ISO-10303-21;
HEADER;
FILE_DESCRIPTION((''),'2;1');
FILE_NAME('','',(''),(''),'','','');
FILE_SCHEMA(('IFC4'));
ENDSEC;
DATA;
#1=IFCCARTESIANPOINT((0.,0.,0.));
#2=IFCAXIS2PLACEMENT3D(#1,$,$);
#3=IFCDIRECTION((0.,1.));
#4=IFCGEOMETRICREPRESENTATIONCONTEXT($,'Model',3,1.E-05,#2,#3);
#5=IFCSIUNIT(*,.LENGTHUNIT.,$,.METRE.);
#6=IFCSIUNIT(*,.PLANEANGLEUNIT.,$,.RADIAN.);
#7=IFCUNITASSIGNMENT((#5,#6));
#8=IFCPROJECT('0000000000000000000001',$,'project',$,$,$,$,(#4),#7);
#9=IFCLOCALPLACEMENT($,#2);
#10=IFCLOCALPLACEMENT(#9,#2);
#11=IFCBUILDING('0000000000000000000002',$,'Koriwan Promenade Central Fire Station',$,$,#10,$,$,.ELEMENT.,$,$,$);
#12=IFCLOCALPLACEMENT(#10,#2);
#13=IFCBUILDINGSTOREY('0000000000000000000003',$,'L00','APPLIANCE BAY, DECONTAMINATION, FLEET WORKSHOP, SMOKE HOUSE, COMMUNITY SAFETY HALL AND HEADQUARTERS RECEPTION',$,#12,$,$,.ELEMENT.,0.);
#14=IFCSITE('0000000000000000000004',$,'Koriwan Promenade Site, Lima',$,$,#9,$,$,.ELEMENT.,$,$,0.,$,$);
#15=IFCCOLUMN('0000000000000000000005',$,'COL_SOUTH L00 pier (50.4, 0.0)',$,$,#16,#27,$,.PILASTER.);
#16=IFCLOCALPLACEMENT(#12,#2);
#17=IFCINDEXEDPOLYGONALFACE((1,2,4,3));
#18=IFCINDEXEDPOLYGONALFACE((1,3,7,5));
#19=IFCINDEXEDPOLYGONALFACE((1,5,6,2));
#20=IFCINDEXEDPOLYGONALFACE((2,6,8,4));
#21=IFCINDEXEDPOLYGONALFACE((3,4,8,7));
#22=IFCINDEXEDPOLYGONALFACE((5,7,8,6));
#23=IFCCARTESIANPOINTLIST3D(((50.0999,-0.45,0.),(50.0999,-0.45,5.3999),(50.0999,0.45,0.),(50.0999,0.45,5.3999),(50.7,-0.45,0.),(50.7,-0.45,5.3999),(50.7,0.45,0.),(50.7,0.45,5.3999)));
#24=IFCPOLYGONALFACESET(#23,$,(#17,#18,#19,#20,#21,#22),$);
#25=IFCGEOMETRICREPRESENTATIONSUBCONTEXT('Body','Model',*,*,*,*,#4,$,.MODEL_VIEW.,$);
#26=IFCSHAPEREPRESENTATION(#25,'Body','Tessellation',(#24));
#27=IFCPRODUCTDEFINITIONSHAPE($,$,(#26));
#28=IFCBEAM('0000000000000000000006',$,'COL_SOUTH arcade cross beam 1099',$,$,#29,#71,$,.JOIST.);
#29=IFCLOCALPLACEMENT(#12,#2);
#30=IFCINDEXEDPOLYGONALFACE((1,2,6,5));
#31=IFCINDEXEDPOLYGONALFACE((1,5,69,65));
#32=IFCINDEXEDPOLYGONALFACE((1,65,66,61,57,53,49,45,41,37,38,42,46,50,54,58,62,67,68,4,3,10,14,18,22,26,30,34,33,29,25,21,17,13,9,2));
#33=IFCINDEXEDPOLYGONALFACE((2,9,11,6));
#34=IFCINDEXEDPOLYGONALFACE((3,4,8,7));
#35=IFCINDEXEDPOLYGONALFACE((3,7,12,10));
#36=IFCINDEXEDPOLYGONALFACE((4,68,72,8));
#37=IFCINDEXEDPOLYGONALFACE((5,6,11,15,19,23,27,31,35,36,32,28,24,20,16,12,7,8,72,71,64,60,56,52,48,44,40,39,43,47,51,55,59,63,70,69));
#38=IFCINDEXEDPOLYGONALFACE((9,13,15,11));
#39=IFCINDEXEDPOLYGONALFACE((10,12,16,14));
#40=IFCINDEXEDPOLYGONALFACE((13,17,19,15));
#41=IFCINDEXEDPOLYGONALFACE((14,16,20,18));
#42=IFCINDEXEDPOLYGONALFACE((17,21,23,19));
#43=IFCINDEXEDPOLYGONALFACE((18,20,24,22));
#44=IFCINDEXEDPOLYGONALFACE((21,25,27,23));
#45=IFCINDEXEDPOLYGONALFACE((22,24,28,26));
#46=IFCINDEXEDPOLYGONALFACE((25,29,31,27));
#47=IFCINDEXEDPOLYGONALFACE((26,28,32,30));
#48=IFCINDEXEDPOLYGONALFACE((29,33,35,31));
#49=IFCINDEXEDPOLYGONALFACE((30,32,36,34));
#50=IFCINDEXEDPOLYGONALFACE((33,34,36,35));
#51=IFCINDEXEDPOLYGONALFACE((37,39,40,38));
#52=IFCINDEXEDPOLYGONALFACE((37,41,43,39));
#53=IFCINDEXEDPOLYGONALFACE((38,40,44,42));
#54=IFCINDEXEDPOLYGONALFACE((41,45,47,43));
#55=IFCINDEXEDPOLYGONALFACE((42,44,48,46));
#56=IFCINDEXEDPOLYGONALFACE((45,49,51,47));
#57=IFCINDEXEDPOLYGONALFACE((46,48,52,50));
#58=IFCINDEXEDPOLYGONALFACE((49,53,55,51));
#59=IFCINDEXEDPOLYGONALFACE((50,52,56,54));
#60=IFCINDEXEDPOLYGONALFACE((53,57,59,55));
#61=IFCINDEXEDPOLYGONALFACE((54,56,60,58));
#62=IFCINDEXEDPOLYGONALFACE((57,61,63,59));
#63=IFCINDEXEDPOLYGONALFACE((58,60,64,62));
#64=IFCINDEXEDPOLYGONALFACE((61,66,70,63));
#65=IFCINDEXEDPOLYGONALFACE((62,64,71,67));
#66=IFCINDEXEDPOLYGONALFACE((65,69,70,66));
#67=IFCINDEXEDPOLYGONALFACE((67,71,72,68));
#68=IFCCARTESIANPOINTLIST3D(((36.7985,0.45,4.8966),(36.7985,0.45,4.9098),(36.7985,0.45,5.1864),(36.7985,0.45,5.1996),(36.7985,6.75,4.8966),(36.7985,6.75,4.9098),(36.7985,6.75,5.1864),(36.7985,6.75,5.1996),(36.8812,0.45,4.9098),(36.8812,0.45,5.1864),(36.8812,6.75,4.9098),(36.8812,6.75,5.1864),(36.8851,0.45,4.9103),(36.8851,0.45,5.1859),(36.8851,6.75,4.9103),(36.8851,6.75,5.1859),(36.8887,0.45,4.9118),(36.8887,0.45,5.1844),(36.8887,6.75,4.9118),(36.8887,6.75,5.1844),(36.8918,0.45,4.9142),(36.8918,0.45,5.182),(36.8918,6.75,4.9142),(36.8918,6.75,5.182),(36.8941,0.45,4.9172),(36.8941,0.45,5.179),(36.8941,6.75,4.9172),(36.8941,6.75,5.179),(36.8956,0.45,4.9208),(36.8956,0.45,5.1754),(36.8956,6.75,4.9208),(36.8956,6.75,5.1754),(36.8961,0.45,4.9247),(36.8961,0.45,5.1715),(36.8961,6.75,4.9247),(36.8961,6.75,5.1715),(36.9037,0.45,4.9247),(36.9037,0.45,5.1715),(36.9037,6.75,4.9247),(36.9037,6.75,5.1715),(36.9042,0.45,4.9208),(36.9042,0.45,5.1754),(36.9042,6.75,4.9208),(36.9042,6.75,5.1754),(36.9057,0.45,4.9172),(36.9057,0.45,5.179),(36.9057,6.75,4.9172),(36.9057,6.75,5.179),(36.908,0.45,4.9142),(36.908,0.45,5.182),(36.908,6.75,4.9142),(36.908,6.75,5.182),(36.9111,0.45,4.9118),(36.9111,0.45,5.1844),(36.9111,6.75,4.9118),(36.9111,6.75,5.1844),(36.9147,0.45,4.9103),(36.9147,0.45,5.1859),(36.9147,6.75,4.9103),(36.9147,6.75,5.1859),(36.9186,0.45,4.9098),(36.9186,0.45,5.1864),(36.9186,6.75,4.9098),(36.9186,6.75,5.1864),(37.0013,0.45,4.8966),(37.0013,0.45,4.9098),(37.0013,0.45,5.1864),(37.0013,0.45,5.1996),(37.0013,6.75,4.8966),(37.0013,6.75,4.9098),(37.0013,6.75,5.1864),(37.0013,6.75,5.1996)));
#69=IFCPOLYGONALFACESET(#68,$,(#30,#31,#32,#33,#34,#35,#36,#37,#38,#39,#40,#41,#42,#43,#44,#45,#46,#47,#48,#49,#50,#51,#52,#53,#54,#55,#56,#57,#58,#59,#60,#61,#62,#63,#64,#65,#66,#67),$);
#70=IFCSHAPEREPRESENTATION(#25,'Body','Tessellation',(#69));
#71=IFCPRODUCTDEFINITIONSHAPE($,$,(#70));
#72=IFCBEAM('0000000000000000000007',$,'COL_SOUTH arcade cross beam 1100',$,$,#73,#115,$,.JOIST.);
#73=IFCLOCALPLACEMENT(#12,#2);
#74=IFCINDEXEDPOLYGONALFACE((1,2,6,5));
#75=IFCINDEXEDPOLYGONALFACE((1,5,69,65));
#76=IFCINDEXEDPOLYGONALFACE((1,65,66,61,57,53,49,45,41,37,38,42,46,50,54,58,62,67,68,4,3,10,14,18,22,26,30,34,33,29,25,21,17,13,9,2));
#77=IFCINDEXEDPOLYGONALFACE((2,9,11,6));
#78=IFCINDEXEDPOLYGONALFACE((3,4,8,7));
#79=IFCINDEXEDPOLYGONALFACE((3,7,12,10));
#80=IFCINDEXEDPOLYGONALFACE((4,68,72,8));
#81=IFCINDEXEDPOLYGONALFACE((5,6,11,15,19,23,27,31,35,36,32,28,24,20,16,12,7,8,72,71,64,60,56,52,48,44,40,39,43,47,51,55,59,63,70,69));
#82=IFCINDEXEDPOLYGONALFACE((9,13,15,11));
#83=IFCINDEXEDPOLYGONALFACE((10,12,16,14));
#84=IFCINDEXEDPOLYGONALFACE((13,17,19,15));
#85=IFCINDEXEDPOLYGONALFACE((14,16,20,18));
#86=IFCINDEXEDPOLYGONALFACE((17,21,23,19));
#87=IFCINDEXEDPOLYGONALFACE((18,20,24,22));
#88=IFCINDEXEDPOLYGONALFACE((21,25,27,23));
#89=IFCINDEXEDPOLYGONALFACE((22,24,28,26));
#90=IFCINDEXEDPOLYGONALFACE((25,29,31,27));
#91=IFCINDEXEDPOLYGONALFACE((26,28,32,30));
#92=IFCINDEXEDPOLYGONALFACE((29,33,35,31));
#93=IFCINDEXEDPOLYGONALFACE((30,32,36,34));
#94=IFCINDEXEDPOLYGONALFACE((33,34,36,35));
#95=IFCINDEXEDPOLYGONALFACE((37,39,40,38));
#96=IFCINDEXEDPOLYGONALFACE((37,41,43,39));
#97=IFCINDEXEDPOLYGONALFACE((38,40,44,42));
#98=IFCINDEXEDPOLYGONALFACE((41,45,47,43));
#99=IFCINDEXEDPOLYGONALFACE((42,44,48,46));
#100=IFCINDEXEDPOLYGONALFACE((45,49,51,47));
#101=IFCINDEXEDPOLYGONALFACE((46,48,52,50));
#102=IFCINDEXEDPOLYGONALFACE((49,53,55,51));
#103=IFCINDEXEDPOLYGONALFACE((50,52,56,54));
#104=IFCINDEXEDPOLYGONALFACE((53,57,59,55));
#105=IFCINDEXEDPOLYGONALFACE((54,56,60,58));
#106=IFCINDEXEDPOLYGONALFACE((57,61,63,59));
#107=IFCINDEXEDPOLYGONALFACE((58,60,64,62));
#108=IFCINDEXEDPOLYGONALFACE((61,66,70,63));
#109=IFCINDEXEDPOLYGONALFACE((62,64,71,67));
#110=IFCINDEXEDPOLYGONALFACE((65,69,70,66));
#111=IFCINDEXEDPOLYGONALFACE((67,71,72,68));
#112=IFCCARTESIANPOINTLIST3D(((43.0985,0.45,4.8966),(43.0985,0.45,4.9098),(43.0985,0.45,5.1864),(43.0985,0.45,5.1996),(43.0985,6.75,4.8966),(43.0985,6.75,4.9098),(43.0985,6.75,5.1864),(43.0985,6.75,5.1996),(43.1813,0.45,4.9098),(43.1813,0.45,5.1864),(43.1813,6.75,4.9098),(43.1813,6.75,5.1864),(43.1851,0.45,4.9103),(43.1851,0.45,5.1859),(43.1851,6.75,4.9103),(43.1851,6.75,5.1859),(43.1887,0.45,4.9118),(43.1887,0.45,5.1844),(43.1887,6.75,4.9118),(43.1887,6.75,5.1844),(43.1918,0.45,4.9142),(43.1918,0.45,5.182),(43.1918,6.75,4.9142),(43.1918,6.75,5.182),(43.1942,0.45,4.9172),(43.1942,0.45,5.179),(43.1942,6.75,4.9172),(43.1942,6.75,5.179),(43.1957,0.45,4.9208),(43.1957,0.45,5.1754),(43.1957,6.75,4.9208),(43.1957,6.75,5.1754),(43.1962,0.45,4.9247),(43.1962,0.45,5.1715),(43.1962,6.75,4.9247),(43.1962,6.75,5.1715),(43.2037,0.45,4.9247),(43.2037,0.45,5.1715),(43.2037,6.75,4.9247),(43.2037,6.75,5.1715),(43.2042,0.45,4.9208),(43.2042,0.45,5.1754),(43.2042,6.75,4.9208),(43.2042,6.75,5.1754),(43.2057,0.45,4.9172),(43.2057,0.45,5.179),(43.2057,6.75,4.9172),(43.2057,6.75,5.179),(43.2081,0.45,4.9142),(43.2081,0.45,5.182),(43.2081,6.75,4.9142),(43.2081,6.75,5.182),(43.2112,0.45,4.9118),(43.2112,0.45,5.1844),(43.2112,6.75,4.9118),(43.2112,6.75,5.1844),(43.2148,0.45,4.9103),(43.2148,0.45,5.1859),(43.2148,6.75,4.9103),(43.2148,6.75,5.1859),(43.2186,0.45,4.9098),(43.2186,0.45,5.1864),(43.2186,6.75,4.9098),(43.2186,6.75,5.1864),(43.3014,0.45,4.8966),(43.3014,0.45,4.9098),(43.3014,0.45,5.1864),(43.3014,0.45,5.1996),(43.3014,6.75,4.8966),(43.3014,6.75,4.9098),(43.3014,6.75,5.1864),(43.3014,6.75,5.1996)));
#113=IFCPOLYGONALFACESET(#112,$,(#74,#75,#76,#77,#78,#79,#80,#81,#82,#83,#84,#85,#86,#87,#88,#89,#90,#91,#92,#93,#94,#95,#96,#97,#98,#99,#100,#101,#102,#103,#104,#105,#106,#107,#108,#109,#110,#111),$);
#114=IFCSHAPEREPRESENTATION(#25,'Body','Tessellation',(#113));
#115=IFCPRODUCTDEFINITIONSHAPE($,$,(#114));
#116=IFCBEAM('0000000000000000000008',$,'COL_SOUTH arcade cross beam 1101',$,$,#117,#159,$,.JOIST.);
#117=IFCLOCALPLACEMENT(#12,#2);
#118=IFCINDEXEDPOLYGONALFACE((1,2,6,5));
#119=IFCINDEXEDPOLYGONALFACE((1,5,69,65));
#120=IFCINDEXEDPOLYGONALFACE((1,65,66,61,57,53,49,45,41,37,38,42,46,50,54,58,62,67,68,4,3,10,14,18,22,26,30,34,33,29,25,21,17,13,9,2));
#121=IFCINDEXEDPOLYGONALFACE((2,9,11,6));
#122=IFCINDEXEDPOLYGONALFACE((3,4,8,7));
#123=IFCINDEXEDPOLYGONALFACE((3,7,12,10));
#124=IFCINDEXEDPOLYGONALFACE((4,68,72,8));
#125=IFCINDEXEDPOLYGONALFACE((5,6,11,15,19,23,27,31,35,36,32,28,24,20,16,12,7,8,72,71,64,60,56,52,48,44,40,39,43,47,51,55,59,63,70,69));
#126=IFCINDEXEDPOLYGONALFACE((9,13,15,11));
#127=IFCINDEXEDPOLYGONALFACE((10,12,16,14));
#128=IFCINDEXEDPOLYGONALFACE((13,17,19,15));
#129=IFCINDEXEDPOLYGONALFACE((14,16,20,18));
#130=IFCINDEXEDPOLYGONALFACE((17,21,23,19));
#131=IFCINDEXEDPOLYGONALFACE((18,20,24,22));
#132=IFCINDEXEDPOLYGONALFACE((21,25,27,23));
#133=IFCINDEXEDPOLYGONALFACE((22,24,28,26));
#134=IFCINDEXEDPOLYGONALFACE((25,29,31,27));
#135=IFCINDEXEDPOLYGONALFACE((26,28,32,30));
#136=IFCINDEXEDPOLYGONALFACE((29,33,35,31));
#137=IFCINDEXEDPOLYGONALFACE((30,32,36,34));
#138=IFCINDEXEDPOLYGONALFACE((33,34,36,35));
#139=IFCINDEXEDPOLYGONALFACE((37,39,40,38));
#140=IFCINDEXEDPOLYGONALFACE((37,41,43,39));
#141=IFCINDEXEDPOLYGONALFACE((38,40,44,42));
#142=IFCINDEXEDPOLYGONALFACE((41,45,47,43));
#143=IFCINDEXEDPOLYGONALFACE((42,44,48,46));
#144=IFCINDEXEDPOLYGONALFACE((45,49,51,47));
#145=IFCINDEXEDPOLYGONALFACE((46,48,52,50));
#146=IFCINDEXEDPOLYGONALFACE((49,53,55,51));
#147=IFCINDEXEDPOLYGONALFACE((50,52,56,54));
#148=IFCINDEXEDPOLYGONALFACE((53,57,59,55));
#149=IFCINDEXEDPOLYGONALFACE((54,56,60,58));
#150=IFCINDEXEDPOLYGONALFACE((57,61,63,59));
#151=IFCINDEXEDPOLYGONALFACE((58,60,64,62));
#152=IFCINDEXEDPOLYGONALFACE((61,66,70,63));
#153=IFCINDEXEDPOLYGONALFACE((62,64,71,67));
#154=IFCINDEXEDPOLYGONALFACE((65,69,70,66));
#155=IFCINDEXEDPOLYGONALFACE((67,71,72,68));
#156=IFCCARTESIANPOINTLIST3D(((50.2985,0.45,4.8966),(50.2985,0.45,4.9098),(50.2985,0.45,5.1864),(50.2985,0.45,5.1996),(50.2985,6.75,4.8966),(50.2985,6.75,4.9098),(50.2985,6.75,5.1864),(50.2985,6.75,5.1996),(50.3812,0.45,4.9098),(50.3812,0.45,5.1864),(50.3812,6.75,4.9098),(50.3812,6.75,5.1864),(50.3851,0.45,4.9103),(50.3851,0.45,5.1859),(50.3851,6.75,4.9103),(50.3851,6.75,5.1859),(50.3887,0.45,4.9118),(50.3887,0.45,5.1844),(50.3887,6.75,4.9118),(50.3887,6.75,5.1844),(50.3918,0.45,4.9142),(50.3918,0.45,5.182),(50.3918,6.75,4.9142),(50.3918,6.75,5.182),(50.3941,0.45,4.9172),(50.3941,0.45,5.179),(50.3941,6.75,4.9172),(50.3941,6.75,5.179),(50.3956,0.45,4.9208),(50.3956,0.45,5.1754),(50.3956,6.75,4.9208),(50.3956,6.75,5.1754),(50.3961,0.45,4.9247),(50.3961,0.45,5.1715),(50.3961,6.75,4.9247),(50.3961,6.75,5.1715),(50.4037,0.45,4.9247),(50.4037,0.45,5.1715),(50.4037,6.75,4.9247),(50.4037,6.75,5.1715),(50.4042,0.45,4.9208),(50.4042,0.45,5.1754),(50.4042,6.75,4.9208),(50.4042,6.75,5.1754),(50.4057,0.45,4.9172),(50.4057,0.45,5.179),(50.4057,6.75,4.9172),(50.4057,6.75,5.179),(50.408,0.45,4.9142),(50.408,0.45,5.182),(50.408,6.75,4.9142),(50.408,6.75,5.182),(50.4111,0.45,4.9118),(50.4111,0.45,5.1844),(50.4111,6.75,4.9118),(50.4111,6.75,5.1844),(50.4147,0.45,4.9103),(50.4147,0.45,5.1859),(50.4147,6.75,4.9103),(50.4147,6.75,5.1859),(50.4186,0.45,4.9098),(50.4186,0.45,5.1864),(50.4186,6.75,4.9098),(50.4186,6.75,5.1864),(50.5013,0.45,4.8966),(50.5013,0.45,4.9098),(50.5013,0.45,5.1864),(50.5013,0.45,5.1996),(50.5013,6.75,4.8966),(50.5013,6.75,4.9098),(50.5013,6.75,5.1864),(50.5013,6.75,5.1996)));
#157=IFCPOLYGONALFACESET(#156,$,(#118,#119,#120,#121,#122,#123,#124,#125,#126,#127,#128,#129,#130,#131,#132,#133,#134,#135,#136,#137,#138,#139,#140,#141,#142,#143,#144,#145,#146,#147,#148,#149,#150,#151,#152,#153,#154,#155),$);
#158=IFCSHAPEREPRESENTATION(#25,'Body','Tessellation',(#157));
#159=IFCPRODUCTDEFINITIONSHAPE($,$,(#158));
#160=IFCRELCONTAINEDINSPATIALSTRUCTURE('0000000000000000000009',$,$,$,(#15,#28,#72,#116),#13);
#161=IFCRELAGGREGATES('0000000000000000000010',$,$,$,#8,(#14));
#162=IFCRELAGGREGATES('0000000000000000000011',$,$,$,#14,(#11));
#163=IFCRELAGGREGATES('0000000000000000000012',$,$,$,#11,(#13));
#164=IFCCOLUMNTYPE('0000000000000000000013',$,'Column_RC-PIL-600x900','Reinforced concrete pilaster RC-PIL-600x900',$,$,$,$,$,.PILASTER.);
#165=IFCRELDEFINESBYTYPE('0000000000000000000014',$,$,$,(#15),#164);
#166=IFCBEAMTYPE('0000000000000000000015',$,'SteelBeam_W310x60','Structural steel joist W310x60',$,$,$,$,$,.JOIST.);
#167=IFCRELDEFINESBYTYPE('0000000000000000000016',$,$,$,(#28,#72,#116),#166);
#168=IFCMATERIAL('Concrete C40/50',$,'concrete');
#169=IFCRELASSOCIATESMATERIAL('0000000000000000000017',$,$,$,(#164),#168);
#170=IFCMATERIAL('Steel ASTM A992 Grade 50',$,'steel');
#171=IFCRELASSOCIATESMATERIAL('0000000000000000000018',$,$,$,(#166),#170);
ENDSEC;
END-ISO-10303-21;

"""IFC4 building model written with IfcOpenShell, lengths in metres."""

from ifc_helpers import new_model, si_unit, direction, frame, origin, origin_2d, place, context, subcontext, project, spatial, rectangle, i_section, extrude, material, material_profile, profile_set, type_object, element, save


model = new_model("IFC4")

# Units and contexts
model_context = context("Model", 3, precision=1e-05, world=origin(), true_north=direction((0.0, 1.0)))
body_context = subcontext(model_context, "Body", "Model", "MODEL_VIEW")
ifc_project = project(units=[si_unit("LENGTHUNIT", "METRE"), si_unit("PLANEANGLEUNIT", "RADIAN")], contexts=[model_context])

# Site, building, storey
site_placement = place(None, origin())
site = spatial("IfcSite", under=ifc_project, at=site_placement, Name="Koriwan Promenade Site, Lima", CompositionType="ELEMENT", RefElevation=0.0)
building_placement = place(site_placement, origin())
building = spatial("IfcBuilding", under=site, at=building_placement, Name="Koriwan Promenade Central Fire Station", CompositionType="ELEMENT")
storey_placement = place(building_placement, origin())
storey = spatial("IfcBuildingStorey", under=building, at=storey_placement, Name="L00", Description="APPLIANCE BAY, DECONTAMINATION, FLEET WORKSHOP, SMOKE HOUSE, COMMUNITY SAFETY HALL AND HEADQUARTERS RECEPTION", CompositionType="ELEMENT", Elevation=0.0)

# Column
ifc_material_1 = material(Name="Concrete C40/50", Category="concrete")
ifc_material_profile_1 = material_profile(ifc_material_1, rectangle(XDim=0.6001, YDim=0.8999, at=origin_2d()), Name="RC-PIL-600x900")
ifc_profile_set_1 = profile_set([ifc_material_profile_1], Name="Concrete C40/50")
column_type = type_object("IfcColumnType", Name="Column_RC-PIL-600x900", Description="Reinforced concrete pilaster RC-PIL-600x900", PredefinedType="PILASTER", material=ifc_profile_set_1)
for number, where, z_axis, x_axis, name in (
    (1, (50.3999, 0.0, 0.0), (0.0, 0.0, 1.0), (1.0, 0.0, 0.0), "COL_SOUTH L00 pier (50.4, 0.0)"),
):
    element("IfcColumn", number, at=place(storey_placement, frame(where, z_axis=z_axis, x_axis=x_axis)), inside=storey, type_object=column_type, Name=name, PredefinedType="PILASTER", context=body_context, shape_type="SweptSolid", body=[
        extrude(rectangle(XDim=0.6001, YDim=0.8999, at=origin_2d()), origin(), (0.0, 0.0, 1.0), 5.3999),
    ])

# Beams
ifc_material_2 = material(Name="Steel ASTM A992 Grade 50", Category="steel")
ifc_material_profile_2 = material_profile(ifc_material_2, i_section(OverallWidth=0.2029, OverallDepth=0.303, WebThickness=0.0076, FlangeThickness=0.0132, FilletRadius=0.0149, at=origin_2d()), Name="W310x60")
ifc_profile_set_2 = profile_set([ifc_material_profile_2], Name="Steel ASTM A992 Grade 50")
beam_type_1 = type_object("IfcBeamType", Name="SteelBeam_W310x60", Description="Structural steel joist W310x60", PredefinedType="JOIST", material=ifc_profile_set_2)
for number, where, z_axis, x_axis, name in (
    (2, (36.8999, 0.45, 5.0481), (0.0, 1.0, 0.0), (-1.0, 0.0, 0.0), "COL_SOUTH arcade cross beam 1099"),
    (3, (43.2, 0.45, 5.0481), (0.0, 1.0, 0.0), (-1.0, 0.0, 0.0), "COL_SOUTH arcade cross beam 1100"),
    (4, (50.3999, 0.45, 5.0481), (0.0, 1.0, 0.0), (-1.0, 0.0, 0.0), "COL_SOUTH arcade cross beam 1101"),
):
    element("IfcBeam", number, at=place(storey_placement, frame(where, z_axis=z_axis, x_axis=x_axis)), inside=storey, type_object=beam_type_1, Name=name, PredefinedType="JOIST", context=body_context, shape_type="SweptSolid", body=[
        extrude(i_section(OverallWidth=0.2029, OverallDepth=0.303, WebThickness=0.0076, FlangeThickness=0.0132, FilletRadius=0.0149, at=origin_2d()), origin(), (0.0, 0.0, 1.0), 6.3),
    ])

save(model, "model.ifc")
